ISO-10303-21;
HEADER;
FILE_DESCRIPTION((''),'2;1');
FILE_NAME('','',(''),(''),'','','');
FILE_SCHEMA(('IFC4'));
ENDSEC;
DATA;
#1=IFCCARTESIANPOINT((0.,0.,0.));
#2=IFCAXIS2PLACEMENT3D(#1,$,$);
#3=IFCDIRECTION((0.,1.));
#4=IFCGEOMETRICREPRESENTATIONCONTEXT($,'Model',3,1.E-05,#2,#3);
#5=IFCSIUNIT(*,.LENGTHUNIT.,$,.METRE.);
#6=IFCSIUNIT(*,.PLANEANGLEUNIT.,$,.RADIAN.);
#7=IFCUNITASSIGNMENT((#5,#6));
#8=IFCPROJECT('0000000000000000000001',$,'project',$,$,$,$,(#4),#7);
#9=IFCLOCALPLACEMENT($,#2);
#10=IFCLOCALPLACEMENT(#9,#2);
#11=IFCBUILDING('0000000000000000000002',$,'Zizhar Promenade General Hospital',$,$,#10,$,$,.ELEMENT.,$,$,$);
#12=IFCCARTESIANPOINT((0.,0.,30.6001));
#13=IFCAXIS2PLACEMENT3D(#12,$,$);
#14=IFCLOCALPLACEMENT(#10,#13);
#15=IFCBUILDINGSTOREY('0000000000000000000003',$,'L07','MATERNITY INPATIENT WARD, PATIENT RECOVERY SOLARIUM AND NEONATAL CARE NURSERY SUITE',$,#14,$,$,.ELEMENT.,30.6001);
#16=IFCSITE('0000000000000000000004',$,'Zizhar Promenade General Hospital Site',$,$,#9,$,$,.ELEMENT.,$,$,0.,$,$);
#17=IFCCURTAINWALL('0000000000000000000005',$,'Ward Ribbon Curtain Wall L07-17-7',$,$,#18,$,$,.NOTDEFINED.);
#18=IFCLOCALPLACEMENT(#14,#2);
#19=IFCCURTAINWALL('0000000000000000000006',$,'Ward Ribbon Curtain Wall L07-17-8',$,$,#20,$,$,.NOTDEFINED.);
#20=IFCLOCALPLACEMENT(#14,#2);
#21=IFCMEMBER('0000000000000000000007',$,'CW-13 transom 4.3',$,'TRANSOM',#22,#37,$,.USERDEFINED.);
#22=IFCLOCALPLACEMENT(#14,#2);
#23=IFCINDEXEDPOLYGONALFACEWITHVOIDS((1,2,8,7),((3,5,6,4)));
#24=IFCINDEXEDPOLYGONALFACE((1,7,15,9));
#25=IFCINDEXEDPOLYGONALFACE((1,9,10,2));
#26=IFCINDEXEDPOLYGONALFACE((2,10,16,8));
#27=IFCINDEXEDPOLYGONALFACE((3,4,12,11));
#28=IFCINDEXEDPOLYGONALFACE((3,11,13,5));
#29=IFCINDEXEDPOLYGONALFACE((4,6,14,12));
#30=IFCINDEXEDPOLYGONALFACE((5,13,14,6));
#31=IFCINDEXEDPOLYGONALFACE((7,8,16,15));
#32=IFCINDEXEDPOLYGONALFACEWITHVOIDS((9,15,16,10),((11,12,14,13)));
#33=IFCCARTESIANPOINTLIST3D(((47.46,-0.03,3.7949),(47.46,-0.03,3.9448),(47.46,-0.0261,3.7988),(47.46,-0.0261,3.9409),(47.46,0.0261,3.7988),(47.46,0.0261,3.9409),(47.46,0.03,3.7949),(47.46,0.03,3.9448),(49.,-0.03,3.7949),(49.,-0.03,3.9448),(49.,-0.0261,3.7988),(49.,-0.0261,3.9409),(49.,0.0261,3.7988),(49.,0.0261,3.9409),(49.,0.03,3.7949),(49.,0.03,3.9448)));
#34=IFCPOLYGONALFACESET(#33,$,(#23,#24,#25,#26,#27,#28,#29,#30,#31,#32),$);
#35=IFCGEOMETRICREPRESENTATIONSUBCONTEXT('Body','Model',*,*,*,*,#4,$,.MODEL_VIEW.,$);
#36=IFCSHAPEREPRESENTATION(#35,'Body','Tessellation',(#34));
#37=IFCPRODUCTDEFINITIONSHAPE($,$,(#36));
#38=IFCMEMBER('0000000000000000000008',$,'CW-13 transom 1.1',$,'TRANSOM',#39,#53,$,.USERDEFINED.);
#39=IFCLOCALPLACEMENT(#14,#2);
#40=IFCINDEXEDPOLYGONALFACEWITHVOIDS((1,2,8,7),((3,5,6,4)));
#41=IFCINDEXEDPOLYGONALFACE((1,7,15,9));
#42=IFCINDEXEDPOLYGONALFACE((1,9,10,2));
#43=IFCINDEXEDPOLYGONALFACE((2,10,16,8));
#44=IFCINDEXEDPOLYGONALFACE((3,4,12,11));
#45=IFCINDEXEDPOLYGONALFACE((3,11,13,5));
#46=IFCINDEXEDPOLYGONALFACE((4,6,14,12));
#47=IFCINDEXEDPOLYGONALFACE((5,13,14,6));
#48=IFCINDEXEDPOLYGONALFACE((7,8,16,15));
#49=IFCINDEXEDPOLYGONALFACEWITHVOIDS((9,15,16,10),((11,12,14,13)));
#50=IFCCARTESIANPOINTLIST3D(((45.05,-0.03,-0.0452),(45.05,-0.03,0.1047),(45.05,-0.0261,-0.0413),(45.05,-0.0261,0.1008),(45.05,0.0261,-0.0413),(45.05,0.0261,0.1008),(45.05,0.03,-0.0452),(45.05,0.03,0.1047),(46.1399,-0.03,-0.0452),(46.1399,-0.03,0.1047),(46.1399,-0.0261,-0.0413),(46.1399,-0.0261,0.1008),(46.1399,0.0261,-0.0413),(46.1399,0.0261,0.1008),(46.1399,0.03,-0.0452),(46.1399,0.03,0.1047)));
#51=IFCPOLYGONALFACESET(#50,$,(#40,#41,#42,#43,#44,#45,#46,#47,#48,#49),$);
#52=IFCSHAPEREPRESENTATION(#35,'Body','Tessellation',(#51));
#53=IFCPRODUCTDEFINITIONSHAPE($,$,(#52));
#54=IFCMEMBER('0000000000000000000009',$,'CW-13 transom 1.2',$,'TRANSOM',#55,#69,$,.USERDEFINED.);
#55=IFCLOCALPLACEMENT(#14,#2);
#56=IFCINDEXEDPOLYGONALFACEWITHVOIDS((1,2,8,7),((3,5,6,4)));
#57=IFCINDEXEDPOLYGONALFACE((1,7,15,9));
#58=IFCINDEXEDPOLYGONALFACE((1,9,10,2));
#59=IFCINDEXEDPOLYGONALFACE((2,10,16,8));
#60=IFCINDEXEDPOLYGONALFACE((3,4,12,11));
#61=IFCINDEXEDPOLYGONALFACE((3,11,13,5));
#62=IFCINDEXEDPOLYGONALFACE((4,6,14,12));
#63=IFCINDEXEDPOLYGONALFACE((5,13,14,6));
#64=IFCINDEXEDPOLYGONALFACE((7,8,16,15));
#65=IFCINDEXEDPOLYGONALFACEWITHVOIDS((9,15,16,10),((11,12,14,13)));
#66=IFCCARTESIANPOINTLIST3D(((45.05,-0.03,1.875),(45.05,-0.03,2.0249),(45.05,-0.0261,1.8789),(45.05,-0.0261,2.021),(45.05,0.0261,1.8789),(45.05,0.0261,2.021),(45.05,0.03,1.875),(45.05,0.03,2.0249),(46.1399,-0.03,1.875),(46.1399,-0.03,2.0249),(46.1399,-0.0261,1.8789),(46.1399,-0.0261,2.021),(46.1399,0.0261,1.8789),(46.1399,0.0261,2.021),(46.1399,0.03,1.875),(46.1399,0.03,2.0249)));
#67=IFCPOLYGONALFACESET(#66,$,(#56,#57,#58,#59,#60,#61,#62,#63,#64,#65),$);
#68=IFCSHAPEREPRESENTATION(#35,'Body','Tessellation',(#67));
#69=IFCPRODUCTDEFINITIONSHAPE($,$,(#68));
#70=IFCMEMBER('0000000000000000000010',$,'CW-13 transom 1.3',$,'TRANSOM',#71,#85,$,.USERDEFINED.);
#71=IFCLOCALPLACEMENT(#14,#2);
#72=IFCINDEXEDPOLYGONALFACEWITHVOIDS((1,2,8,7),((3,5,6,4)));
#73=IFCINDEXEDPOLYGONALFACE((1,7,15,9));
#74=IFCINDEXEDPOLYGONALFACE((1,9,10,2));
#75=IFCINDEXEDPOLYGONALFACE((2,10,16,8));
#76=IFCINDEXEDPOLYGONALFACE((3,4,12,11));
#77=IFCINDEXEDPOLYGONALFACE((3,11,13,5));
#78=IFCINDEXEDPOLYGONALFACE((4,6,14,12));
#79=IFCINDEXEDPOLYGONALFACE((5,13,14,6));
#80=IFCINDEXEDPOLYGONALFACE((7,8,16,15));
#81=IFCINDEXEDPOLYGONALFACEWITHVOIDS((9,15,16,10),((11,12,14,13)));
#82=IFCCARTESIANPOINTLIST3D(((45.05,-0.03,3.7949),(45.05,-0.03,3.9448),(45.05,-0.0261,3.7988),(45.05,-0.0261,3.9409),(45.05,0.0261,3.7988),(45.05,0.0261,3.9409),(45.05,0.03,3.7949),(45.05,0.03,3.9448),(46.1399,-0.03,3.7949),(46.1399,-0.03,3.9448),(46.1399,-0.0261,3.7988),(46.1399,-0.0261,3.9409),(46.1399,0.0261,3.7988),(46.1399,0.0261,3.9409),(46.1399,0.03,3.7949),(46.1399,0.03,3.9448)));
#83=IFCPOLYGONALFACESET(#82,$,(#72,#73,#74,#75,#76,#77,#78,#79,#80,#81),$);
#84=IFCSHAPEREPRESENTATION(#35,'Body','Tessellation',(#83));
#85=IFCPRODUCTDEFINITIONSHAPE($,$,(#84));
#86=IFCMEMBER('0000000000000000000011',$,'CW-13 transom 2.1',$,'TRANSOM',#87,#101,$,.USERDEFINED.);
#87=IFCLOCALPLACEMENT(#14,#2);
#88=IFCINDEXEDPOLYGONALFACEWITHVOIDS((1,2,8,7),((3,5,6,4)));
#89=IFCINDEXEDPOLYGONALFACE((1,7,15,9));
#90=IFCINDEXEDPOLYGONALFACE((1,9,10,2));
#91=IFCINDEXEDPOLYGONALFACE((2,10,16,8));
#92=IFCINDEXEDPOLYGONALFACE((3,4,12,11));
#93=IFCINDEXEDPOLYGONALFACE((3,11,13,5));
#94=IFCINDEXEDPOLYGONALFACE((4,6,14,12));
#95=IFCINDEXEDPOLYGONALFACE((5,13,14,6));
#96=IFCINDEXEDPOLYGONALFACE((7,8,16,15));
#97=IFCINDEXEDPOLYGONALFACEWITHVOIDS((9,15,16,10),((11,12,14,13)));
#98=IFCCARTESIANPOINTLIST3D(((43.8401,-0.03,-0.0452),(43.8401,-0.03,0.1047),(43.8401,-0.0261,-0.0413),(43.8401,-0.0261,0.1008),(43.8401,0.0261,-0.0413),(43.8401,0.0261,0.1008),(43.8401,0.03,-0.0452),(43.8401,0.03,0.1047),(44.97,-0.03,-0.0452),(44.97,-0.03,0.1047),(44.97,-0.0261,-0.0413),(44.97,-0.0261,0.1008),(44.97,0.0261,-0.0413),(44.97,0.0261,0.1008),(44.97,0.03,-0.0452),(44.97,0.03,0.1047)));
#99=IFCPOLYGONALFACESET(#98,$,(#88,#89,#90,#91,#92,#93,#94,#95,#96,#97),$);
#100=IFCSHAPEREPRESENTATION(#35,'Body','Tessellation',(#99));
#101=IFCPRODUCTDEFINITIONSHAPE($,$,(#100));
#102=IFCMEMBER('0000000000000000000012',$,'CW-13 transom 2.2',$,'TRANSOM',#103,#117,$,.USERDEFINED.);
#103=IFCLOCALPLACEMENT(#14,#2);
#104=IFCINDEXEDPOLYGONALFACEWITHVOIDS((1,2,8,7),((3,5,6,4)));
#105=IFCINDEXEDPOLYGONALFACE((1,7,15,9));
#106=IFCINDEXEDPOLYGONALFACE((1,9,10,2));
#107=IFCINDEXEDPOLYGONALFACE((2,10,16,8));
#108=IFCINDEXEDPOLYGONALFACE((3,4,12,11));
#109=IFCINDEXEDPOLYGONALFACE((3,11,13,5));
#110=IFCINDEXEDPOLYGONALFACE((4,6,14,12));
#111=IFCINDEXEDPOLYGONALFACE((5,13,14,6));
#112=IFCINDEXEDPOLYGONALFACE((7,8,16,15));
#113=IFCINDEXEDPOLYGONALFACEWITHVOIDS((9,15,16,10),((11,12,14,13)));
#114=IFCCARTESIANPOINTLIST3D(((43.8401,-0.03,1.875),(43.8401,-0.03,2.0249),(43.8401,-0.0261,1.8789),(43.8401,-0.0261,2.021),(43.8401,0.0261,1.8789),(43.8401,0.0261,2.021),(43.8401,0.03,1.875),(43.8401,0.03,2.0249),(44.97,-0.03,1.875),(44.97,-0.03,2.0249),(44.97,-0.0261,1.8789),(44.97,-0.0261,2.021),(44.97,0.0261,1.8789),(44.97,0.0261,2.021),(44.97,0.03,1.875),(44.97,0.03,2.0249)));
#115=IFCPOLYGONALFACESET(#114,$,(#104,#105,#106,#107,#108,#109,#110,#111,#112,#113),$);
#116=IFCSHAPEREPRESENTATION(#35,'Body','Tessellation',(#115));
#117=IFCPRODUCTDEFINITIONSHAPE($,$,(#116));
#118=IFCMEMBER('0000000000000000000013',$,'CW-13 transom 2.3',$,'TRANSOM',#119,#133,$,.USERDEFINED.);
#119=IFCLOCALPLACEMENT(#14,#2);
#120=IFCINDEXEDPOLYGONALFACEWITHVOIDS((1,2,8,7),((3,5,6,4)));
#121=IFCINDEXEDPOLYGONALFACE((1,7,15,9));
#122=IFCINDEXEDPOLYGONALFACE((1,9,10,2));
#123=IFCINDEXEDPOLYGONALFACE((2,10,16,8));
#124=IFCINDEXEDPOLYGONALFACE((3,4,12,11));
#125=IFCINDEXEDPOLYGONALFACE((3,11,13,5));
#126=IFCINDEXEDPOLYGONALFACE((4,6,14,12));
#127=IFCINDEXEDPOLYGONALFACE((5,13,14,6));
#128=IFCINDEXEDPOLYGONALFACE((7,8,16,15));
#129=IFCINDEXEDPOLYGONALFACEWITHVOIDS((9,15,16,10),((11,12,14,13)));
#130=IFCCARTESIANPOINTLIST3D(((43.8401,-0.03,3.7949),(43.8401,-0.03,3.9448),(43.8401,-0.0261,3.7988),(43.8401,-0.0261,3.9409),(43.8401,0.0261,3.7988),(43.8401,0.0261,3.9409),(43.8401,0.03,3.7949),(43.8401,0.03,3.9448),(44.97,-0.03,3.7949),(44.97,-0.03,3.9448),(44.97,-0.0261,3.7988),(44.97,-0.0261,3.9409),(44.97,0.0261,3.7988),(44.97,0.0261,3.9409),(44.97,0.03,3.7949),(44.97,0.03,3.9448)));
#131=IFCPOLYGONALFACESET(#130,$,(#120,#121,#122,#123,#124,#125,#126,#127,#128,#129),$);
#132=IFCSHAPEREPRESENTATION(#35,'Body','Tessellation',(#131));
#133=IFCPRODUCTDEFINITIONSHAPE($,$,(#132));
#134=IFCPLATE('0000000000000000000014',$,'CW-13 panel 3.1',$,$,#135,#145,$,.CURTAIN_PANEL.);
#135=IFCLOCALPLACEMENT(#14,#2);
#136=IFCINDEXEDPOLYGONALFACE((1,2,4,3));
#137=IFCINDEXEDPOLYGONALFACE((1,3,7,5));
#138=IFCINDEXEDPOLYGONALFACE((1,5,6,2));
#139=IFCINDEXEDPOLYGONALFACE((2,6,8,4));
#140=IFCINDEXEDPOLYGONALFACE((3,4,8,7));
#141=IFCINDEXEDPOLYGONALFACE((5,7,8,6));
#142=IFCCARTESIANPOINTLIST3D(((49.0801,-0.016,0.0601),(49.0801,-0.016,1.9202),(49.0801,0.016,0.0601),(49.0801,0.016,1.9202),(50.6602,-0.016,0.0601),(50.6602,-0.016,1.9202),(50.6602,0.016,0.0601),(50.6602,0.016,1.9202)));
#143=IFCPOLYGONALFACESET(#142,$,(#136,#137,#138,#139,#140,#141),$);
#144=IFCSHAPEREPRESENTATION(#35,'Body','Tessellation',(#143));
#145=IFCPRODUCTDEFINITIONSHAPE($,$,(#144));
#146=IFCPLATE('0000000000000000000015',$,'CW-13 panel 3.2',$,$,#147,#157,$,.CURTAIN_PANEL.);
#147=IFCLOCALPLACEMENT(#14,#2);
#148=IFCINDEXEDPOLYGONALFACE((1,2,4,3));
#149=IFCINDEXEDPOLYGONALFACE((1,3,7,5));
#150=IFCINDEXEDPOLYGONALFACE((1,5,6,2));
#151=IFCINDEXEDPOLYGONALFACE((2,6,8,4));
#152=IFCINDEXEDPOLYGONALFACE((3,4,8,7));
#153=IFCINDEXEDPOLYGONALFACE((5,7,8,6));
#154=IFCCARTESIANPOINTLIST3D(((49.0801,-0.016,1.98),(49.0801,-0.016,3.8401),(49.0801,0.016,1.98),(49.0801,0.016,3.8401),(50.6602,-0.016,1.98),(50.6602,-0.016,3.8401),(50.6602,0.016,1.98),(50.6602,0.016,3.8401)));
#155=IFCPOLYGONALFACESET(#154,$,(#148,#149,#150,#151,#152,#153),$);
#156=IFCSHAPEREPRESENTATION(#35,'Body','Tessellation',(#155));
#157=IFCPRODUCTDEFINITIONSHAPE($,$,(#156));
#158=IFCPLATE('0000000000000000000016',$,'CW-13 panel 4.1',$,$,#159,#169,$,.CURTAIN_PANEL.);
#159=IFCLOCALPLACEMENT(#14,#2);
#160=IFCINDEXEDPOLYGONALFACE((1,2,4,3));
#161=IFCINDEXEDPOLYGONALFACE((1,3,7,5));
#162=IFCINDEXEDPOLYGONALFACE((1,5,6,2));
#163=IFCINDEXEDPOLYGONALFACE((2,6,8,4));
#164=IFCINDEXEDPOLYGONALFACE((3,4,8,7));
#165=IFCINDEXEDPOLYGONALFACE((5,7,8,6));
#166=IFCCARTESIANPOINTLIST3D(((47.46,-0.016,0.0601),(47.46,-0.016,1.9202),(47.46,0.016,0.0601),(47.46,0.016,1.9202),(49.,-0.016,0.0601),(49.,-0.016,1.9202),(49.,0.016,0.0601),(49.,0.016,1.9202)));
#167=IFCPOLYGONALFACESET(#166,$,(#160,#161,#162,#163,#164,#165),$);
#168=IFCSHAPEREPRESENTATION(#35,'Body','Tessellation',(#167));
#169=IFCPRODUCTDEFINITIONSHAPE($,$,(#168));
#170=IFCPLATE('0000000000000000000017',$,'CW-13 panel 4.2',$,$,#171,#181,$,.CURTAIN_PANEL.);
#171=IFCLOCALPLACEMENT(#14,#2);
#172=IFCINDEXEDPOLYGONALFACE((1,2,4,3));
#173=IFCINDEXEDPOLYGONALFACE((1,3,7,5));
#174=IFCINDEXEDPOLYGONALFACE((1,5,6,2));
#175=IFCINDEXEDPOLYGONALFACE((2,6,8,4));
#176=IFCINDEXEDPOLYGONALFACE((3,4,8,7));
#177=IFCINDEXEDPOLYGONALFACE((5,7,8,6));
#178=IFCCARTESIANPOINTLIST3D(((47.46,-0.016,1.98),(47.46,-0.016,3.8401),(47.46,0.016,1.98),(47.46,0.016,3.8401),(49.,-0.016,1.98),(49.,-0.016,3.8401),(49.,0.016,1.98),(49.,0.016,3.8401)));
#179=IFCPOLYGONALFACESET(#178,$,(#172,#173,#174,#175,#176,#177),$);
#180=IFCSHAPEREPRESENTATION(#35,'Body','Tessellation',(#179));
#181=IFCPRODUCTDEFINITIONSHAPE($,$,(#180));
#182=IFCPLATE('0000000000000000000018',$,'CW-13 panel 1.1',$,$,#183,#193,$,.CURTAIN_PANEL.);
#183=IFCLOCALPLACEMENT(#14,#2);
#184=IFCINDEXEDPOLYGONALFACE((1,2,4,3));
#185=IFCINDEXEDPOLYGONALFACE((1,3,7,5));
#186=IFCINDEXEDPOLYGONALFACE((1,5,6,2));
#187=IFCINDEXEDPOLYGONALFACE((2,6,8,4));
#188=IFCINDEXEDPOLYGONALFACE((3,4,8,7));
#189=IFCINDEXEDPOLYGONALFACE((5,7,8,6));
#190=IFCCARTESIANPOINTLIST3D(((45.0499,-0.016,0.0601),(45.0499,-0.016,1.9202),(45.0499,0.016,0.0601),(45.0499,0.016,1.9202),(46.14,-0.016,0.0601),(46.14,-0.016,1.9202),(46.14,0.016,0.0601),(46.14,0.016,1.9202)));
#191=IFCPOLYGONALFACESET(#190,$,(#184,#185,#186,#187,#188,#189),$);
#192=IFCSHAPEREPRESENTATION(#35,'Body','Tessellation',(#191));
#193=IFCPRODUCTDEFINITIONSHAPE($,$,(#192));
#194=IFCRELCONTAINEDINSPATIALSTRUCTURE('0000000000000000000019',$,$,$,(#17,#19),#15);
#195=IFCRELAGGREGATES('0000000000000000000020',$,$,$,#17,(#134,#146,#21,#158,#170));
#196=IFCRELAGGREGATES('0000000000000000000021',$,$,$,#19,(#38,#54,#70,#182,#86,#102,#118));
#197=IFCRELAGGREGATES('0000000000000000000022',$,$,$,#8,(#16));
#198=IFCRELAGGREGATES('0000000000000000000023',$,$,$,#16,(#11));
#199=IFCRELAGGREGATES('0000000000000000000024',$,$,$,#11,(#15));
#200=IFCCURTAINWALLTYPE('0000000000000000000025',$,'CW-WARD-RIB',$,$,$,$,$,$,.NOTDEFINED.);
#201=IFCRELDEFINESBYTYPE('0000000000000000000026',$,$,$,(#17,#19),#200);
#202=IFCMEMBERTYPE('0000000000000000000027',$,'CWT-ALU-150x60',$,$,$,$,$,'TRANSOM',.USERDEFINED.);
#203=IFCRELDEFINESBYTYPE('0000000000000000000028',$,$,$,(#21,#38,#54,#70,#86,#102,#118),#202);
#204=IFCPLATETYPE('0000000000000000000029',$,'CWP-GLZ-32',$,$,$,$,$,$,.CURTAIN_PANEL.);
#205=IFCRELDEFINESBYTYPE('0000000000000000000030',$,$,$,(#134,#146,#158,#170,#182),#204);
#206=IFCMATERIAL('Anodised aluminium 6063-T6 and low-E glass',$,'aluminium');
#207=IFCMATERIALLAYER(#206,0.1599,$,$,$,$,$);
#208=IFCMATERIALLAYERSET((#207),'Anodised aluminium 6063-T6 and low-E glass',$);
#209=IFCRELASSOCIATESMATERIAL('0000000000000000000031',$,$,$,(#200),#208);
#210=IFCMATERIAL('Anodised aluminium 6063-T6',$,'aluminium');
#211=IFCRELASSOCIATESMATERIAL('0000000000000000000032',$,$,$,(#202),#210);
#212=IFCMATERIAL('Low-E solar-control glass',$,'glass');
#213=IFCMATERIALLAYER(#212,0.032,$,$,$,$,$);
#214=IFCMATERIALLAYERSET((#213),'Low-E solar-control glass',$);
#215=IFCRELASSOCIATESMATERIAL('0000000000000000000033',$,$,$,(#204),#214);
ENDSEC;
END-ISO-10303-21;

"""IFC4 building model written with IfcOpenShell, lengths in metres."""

from ifc_helpers import new_model, si_unit, direction, frame, origin, origin_2d, place, context, subcontext, project, spatial, rectangle, hollow_rectangle, extrude, material, layer, layer_set, material_profile, profile_set, type_object, element, aggregate, save


model = new_model("IFC4")

# Units and contexts
model_context = context("Model", 3, precision=1e-05, world=origin(), true_north=direction((0.0, 1.0)))
body_context = subcontext(model_context, "Body", "Model", "MODEL_VIEW")
ifc_project = project(units=[si_unit("LENGTHUNIT", "METRE"), si_unit("PLANEANGLEUNIT", "RADIAN")], contexts=[model_context])

# Site, building, storey
site_placement = place(None, origin())
site = spatial("IfcSite", under=ifc_project, at=site_placement, Name="Zizhar Promenade General Hospital Site", CompositionType="ELEMENT", RefElevation=0.0)
building_placement = place(site_placement, origin())
building = spatial("IfcBuilding", under=site, at=building_placement, Name="Zizhar Promenade General Hospital", CompositionType="ELEMENT")
storey_placement = place(building_placement, frame((0.0, 0.0, 30.6001)))
storey = spatial("IfcBuildingStorey", under=building, at=storey_placement, Name="L07", Description="MATERNITY INPATIENT WARD, PATIENT RECOVERY SOLARIUM AND NEONATAL CARE NURSERY SUITE", CompositionType="ELEMENT", Elevation=30.6001)

# Curtain walls
ifc_material_1 = material(Name="Anodised aluminium 6063-T6 and low-E glass", Category="aluminium")
ifc_layer_1 = layer(ifc_material_1, 0.1599)
ifc_layer_set_1 = layer_set([ifc_layer_1], Name="Anodised aluminium 6063-T6 and low-E glass")
curtain_wall_type = type_object("IfcCurtainWallType", Name="CW-WARD-RIB", PredefinedType="NOTDEFINED", material=ifc_layer_set_1)
curtain_wall_1_placement = place(storey_placement, origin())
curtain_wall_1 = element("IfcCurtainWall", 1, at=curtain_wall_1_placement, inside=storey, type_object=curtain_wall_type, Name="Ward Ribbon Curtain Wall L07-17-7", PredefinedType="NOTDEFINED")
curtain_wall_2_placement = place(storey_placement, origin())
curtain_wall_2 = element("IfcCurtainWall", 2, at=curtain_wall_2_placement, inside=storey, type_object=curtain_wall_type, Name="Ward Ribbon Curtain Wall L07-17-8", PredefinedType="NOTDEFINED")

# Members
ifc_material_2 = material(Name="Anodised aluminium 6063-T6", Category="aluminium")
ifc_material_profile_1 = material_profile(ifc_material_2, hollow_rectangle(XDim=0.0601, YDim=0.1499, WallThickness=0.0039, at=origin_2d()))
ifc_profile_set_1 = profile_set([ifc_material_profile_1], Name="Anodised aluminium 6063-T6")
member_type_1 = type_object("IfcMemberType", Name="CWT-ALU-150x60", ElementType="TRANSOM", PredefinedType="USERDEFINED", material=ifc_profile_set_1)
member_1_placement = place(storey_placement, frame((49.0, 0.0, 3.8699), z_axis=(-1.0, 0.0, 0.0), x_axis=(0.0, -1.0, 0.0)))
member_1 = element("IfcMember", 3, at=member_1_placement, type_object=member_type_1, Name="CW-13 transom 4.3", ObjectType="TRANSOM", PredefinedType="USERDEFINED", context=body_context, shape_type="SweptSolid", body=[
    extrude(hollow_rectangle(XDim=0.0601, YDim=0.1499, WallThickness=0.0039, at=origin_2d()), origin(), (0.0, 0.0, 1.0), 1.54),
])
member_2_placement = place(storey_placement, frame((46.1399, 0.0, 0.0298), z_axis=(-1.0, 0.0, 0.0), x_axis=(0.0, -1.0, 0.0)))
member_2 = element("IfcMember", 4, at=member_2_placement, type_object=member_type_1, Name="CW-13 transom 1.1", ObjectType="TRANSOM", PredefinedType="USERDEFINED", context=body_context, shape_type="SweptSolid", body=[
    extrude(hollow_rectangle(XDim=0.0601, YDim=0.1499, WallThickness=0.0039, at=origin_2d()), origin(), (0.0, 0.0, 1.0), 1.0898),
])
member_3_placement = place(storey_placement, frame((46.1399, 0.0, 1.95), z_axis=(-1.0, 0.0, 0.0), x_axis=(0.0, -1.0, 0.0)))
member_3 = element("IfcMember", 5, at=member_3_placement, type_object=member_type_1, Name="CW-13 transom 1.2", ObjectType="TRANSOM", PredefinedType="USERDEFINED", context=body_context, shape_type="SweptSolid", body=[
    extrude(hollow_rectangle(XDim=0.0601, YDim=0.1499, WallThickness=0.0039, at=origin_2d()), origin(), (0.0, 0.0, 1.0), 1.0898),
])
member_4_placement = place(storey_placement, frame((46.1399, 0.0, 3.8699), z_axis=(-1.0, 0.0, 0.0), x_axis=(0.0, -1.0, 0.0)))
member_4 = element("IfcMember", 6, at=member_4_placement, type_object=member_type_1, Name="CW-13 transom 1.3", ObjectType="TRANSOM", PredefinedType="USERDEFINED", context=body_context, shape_type="SweptSolid", body=[
    extrude(hollow_rectangle(XDim=0.0601, YDim=0.1499, WallThickness=0.0039, at=origin_2d()), origin(), (0.0, 0.0, 1.0), 1.0898),
])
member_5_placement = place(storey_placement, frame((44.97, 0.0, 0.0298), z_axis=(-1.0, 0.0, 0.0), x_axis=(0.0, -1.0, 0.0)))
member_5 = element("IfcMember", 7, at=member_5_placement, type_object=member_type_1, Name="CW-13 transom 2.1", ObjectType="TRANSOM", PredefinedType="USERDEFINED", context=body_context, shape_type="SweptSolid", body=[
    extrude(hollow_rectangle(XDim=0.0601, YDim=0.1499, WallThickness=0.0039, at=origin_2d()), origin(), (0.0, 0.0, 1.0), 1.1299),
])
member_6_placement = place(storey_placement, frame((44.97, 0.0, 1.95), z_axis=(-1.0, 0.0, 0.0), x_axis=(0.0, -1.0, 0.0)))
member_6 = element("IfcMember", 8, at=member_6_placement, type_object=member_type_1, Name="CW-13 transom 2.2", ObjectType="TRANSOM", PredefinedType="USERDEFINED", context=body_context, shape_type="SweptSolid", body=[
    extrude(hollow_rectangle(XDim=0.0601, YDim=0.1499, WallThickness=0.0039, at=origin_2d()), origin(), (0.0, 0.0, 1.0), 1.1299),
])
member_7_placement = place(storey_placement, frame((44.97, 0.0, 3.8699), z_axis=(-1.0, 0.0, 0.0), x_axis=(0.0, -1.0, 0.0)))
member_7 = element("IfcMember", 9, at=member_7_placement, type_object=member_type_1, Name="CW-13 transom 2.3", ObjectType="TRANSOM", PredefinedType="USERDEFINED", context=body_context, shape_type="SweptSolid", body=[
    extrude(hollow_rectangle(XDim=0.0601, YDim=0.1499, WallThickness=0.0039, at=origin_2d()), origin(), (0.0, 0.0, 1.0), 1.1299),
])

# Plates
ifc_material_3 = material(Name="Low-E solar-control glass", Category="glass")
ifc_layer_2 = layer(ifc_material_3, 0.032)
ifc_layer_set_2 = layer_set([ifc_layer_2], Name="Low-E solar-control glass")
plate_type = type_object("IfcPlateType", Name="CWP-GLZ-32", PredefinedType="CURTAIN_PANEL", material=ifc_layer_set_2)
plate_1_placement = place(storey_placement, frame((49.8701, 0.0, 0.0601), z_axis=(0.0, 0.0, 1.0), x_axis=(-1.0, 0.0, 0.0)))
plate_1 = element("IfcPlate", 10, at=plate_1_placement, type_object=plate_type, Name="CW-13 panel 3.1", PredefinedType="CURTAIN_PANEL", context=body_context, shape_type="SweptSolid", body=[
    extrude(rectangle(XDim=1.5801, YDim=0.032, at=origin_2d()), origin(), (0.0, 0.0, 1.0), 1.8601),
])
plate_2_placement = place(storey_placement, frame((49.8701, 0.0, 1.98), z_axis=(0.0, 0.0, 1.0), x_axis=(-1.0, 0.0, 0.0)))
plate_2 = element("IfcPlate", 11, at=plate_2_placement, type_object=plate_type, Name="CW-13 panel 3.2", PredefinedType="CURTAIN_PANEL", context=body_context, shape_type="SweptSolid", body=[
    extrude(rectangle(XDim=1.5801, YDim=0.032, at=origin_2d()), origin(), (0.0, 0.0, 1.0), 1.8601),
])
plate_3_placement = place(storey_placement, frame((48.23, 0.0, 0.0601), z_axis=(0.0, 0.0, 1.0), x_axis=(-1.0, 0.0, 0.0)))
plate_3 = element("IfcPlate", 12, at=plate_3_placement, type_object=plate_type, Name="CW-13 panel 4.1", PredefinedType="CURTAIN_PANEL", context=body_context, shape_type="SweptSolid", body=[
    extrude(rectangle(XDim=1.54, YDim=0.032, at=origin_2d()), origin(), (0.0, 0.0, 1.0), 1.8601),
])
plate_4_placement = place(storey_placement, frame((48.23, 0.0, 1.98), z_axis=(0.0, 0.0, 1.0), x_axis=(-1.0, 0.0, 0.0)))
plate_4 = element("IfcPlate", 13, at=plate_4_placement, type_object=plate_type, Name="CW-13 panel 4.2", PredefinedType="CURTAIN_PANEL", context=body_context, shape_type="SweptSolid", body=[
    extrude(rectangle(XDim=1.54, YDim=0.032, at=origin_2d()), origin(), (0.0, 0.0, 1.0), 1.8601),
])
aggregate(curtain_wall_1, [plate_1, plate_2, member_1, plate_3, plate_4])
plate_5_placement = place(storey_placement, frame((45.595, 0.0, 0.0601), z_axis=(0.0, 0.0, 1.0), x_axis=(-1.0, 0.0, 0.0)))
plate_5 = element("IfcPlate", 14, at=plate_5_placement, type_object=plate_type, Name="CW-13 panel 1.1", PredefinedType="CURTAIN_PANEL", context=body_context, shape_type="SweptSolid", body=[
    extrude(rectangle(XDim=1.0901, YDim=0.032, at=origin_2d()), origin(), (0.0, 0.0, 1.0), 1.8601),
])
aggregate(curtain_wall_2, [member_2, member_3, member_4, plate_5, member_5, member_6, member_7])

save(model, "model.ifc")
